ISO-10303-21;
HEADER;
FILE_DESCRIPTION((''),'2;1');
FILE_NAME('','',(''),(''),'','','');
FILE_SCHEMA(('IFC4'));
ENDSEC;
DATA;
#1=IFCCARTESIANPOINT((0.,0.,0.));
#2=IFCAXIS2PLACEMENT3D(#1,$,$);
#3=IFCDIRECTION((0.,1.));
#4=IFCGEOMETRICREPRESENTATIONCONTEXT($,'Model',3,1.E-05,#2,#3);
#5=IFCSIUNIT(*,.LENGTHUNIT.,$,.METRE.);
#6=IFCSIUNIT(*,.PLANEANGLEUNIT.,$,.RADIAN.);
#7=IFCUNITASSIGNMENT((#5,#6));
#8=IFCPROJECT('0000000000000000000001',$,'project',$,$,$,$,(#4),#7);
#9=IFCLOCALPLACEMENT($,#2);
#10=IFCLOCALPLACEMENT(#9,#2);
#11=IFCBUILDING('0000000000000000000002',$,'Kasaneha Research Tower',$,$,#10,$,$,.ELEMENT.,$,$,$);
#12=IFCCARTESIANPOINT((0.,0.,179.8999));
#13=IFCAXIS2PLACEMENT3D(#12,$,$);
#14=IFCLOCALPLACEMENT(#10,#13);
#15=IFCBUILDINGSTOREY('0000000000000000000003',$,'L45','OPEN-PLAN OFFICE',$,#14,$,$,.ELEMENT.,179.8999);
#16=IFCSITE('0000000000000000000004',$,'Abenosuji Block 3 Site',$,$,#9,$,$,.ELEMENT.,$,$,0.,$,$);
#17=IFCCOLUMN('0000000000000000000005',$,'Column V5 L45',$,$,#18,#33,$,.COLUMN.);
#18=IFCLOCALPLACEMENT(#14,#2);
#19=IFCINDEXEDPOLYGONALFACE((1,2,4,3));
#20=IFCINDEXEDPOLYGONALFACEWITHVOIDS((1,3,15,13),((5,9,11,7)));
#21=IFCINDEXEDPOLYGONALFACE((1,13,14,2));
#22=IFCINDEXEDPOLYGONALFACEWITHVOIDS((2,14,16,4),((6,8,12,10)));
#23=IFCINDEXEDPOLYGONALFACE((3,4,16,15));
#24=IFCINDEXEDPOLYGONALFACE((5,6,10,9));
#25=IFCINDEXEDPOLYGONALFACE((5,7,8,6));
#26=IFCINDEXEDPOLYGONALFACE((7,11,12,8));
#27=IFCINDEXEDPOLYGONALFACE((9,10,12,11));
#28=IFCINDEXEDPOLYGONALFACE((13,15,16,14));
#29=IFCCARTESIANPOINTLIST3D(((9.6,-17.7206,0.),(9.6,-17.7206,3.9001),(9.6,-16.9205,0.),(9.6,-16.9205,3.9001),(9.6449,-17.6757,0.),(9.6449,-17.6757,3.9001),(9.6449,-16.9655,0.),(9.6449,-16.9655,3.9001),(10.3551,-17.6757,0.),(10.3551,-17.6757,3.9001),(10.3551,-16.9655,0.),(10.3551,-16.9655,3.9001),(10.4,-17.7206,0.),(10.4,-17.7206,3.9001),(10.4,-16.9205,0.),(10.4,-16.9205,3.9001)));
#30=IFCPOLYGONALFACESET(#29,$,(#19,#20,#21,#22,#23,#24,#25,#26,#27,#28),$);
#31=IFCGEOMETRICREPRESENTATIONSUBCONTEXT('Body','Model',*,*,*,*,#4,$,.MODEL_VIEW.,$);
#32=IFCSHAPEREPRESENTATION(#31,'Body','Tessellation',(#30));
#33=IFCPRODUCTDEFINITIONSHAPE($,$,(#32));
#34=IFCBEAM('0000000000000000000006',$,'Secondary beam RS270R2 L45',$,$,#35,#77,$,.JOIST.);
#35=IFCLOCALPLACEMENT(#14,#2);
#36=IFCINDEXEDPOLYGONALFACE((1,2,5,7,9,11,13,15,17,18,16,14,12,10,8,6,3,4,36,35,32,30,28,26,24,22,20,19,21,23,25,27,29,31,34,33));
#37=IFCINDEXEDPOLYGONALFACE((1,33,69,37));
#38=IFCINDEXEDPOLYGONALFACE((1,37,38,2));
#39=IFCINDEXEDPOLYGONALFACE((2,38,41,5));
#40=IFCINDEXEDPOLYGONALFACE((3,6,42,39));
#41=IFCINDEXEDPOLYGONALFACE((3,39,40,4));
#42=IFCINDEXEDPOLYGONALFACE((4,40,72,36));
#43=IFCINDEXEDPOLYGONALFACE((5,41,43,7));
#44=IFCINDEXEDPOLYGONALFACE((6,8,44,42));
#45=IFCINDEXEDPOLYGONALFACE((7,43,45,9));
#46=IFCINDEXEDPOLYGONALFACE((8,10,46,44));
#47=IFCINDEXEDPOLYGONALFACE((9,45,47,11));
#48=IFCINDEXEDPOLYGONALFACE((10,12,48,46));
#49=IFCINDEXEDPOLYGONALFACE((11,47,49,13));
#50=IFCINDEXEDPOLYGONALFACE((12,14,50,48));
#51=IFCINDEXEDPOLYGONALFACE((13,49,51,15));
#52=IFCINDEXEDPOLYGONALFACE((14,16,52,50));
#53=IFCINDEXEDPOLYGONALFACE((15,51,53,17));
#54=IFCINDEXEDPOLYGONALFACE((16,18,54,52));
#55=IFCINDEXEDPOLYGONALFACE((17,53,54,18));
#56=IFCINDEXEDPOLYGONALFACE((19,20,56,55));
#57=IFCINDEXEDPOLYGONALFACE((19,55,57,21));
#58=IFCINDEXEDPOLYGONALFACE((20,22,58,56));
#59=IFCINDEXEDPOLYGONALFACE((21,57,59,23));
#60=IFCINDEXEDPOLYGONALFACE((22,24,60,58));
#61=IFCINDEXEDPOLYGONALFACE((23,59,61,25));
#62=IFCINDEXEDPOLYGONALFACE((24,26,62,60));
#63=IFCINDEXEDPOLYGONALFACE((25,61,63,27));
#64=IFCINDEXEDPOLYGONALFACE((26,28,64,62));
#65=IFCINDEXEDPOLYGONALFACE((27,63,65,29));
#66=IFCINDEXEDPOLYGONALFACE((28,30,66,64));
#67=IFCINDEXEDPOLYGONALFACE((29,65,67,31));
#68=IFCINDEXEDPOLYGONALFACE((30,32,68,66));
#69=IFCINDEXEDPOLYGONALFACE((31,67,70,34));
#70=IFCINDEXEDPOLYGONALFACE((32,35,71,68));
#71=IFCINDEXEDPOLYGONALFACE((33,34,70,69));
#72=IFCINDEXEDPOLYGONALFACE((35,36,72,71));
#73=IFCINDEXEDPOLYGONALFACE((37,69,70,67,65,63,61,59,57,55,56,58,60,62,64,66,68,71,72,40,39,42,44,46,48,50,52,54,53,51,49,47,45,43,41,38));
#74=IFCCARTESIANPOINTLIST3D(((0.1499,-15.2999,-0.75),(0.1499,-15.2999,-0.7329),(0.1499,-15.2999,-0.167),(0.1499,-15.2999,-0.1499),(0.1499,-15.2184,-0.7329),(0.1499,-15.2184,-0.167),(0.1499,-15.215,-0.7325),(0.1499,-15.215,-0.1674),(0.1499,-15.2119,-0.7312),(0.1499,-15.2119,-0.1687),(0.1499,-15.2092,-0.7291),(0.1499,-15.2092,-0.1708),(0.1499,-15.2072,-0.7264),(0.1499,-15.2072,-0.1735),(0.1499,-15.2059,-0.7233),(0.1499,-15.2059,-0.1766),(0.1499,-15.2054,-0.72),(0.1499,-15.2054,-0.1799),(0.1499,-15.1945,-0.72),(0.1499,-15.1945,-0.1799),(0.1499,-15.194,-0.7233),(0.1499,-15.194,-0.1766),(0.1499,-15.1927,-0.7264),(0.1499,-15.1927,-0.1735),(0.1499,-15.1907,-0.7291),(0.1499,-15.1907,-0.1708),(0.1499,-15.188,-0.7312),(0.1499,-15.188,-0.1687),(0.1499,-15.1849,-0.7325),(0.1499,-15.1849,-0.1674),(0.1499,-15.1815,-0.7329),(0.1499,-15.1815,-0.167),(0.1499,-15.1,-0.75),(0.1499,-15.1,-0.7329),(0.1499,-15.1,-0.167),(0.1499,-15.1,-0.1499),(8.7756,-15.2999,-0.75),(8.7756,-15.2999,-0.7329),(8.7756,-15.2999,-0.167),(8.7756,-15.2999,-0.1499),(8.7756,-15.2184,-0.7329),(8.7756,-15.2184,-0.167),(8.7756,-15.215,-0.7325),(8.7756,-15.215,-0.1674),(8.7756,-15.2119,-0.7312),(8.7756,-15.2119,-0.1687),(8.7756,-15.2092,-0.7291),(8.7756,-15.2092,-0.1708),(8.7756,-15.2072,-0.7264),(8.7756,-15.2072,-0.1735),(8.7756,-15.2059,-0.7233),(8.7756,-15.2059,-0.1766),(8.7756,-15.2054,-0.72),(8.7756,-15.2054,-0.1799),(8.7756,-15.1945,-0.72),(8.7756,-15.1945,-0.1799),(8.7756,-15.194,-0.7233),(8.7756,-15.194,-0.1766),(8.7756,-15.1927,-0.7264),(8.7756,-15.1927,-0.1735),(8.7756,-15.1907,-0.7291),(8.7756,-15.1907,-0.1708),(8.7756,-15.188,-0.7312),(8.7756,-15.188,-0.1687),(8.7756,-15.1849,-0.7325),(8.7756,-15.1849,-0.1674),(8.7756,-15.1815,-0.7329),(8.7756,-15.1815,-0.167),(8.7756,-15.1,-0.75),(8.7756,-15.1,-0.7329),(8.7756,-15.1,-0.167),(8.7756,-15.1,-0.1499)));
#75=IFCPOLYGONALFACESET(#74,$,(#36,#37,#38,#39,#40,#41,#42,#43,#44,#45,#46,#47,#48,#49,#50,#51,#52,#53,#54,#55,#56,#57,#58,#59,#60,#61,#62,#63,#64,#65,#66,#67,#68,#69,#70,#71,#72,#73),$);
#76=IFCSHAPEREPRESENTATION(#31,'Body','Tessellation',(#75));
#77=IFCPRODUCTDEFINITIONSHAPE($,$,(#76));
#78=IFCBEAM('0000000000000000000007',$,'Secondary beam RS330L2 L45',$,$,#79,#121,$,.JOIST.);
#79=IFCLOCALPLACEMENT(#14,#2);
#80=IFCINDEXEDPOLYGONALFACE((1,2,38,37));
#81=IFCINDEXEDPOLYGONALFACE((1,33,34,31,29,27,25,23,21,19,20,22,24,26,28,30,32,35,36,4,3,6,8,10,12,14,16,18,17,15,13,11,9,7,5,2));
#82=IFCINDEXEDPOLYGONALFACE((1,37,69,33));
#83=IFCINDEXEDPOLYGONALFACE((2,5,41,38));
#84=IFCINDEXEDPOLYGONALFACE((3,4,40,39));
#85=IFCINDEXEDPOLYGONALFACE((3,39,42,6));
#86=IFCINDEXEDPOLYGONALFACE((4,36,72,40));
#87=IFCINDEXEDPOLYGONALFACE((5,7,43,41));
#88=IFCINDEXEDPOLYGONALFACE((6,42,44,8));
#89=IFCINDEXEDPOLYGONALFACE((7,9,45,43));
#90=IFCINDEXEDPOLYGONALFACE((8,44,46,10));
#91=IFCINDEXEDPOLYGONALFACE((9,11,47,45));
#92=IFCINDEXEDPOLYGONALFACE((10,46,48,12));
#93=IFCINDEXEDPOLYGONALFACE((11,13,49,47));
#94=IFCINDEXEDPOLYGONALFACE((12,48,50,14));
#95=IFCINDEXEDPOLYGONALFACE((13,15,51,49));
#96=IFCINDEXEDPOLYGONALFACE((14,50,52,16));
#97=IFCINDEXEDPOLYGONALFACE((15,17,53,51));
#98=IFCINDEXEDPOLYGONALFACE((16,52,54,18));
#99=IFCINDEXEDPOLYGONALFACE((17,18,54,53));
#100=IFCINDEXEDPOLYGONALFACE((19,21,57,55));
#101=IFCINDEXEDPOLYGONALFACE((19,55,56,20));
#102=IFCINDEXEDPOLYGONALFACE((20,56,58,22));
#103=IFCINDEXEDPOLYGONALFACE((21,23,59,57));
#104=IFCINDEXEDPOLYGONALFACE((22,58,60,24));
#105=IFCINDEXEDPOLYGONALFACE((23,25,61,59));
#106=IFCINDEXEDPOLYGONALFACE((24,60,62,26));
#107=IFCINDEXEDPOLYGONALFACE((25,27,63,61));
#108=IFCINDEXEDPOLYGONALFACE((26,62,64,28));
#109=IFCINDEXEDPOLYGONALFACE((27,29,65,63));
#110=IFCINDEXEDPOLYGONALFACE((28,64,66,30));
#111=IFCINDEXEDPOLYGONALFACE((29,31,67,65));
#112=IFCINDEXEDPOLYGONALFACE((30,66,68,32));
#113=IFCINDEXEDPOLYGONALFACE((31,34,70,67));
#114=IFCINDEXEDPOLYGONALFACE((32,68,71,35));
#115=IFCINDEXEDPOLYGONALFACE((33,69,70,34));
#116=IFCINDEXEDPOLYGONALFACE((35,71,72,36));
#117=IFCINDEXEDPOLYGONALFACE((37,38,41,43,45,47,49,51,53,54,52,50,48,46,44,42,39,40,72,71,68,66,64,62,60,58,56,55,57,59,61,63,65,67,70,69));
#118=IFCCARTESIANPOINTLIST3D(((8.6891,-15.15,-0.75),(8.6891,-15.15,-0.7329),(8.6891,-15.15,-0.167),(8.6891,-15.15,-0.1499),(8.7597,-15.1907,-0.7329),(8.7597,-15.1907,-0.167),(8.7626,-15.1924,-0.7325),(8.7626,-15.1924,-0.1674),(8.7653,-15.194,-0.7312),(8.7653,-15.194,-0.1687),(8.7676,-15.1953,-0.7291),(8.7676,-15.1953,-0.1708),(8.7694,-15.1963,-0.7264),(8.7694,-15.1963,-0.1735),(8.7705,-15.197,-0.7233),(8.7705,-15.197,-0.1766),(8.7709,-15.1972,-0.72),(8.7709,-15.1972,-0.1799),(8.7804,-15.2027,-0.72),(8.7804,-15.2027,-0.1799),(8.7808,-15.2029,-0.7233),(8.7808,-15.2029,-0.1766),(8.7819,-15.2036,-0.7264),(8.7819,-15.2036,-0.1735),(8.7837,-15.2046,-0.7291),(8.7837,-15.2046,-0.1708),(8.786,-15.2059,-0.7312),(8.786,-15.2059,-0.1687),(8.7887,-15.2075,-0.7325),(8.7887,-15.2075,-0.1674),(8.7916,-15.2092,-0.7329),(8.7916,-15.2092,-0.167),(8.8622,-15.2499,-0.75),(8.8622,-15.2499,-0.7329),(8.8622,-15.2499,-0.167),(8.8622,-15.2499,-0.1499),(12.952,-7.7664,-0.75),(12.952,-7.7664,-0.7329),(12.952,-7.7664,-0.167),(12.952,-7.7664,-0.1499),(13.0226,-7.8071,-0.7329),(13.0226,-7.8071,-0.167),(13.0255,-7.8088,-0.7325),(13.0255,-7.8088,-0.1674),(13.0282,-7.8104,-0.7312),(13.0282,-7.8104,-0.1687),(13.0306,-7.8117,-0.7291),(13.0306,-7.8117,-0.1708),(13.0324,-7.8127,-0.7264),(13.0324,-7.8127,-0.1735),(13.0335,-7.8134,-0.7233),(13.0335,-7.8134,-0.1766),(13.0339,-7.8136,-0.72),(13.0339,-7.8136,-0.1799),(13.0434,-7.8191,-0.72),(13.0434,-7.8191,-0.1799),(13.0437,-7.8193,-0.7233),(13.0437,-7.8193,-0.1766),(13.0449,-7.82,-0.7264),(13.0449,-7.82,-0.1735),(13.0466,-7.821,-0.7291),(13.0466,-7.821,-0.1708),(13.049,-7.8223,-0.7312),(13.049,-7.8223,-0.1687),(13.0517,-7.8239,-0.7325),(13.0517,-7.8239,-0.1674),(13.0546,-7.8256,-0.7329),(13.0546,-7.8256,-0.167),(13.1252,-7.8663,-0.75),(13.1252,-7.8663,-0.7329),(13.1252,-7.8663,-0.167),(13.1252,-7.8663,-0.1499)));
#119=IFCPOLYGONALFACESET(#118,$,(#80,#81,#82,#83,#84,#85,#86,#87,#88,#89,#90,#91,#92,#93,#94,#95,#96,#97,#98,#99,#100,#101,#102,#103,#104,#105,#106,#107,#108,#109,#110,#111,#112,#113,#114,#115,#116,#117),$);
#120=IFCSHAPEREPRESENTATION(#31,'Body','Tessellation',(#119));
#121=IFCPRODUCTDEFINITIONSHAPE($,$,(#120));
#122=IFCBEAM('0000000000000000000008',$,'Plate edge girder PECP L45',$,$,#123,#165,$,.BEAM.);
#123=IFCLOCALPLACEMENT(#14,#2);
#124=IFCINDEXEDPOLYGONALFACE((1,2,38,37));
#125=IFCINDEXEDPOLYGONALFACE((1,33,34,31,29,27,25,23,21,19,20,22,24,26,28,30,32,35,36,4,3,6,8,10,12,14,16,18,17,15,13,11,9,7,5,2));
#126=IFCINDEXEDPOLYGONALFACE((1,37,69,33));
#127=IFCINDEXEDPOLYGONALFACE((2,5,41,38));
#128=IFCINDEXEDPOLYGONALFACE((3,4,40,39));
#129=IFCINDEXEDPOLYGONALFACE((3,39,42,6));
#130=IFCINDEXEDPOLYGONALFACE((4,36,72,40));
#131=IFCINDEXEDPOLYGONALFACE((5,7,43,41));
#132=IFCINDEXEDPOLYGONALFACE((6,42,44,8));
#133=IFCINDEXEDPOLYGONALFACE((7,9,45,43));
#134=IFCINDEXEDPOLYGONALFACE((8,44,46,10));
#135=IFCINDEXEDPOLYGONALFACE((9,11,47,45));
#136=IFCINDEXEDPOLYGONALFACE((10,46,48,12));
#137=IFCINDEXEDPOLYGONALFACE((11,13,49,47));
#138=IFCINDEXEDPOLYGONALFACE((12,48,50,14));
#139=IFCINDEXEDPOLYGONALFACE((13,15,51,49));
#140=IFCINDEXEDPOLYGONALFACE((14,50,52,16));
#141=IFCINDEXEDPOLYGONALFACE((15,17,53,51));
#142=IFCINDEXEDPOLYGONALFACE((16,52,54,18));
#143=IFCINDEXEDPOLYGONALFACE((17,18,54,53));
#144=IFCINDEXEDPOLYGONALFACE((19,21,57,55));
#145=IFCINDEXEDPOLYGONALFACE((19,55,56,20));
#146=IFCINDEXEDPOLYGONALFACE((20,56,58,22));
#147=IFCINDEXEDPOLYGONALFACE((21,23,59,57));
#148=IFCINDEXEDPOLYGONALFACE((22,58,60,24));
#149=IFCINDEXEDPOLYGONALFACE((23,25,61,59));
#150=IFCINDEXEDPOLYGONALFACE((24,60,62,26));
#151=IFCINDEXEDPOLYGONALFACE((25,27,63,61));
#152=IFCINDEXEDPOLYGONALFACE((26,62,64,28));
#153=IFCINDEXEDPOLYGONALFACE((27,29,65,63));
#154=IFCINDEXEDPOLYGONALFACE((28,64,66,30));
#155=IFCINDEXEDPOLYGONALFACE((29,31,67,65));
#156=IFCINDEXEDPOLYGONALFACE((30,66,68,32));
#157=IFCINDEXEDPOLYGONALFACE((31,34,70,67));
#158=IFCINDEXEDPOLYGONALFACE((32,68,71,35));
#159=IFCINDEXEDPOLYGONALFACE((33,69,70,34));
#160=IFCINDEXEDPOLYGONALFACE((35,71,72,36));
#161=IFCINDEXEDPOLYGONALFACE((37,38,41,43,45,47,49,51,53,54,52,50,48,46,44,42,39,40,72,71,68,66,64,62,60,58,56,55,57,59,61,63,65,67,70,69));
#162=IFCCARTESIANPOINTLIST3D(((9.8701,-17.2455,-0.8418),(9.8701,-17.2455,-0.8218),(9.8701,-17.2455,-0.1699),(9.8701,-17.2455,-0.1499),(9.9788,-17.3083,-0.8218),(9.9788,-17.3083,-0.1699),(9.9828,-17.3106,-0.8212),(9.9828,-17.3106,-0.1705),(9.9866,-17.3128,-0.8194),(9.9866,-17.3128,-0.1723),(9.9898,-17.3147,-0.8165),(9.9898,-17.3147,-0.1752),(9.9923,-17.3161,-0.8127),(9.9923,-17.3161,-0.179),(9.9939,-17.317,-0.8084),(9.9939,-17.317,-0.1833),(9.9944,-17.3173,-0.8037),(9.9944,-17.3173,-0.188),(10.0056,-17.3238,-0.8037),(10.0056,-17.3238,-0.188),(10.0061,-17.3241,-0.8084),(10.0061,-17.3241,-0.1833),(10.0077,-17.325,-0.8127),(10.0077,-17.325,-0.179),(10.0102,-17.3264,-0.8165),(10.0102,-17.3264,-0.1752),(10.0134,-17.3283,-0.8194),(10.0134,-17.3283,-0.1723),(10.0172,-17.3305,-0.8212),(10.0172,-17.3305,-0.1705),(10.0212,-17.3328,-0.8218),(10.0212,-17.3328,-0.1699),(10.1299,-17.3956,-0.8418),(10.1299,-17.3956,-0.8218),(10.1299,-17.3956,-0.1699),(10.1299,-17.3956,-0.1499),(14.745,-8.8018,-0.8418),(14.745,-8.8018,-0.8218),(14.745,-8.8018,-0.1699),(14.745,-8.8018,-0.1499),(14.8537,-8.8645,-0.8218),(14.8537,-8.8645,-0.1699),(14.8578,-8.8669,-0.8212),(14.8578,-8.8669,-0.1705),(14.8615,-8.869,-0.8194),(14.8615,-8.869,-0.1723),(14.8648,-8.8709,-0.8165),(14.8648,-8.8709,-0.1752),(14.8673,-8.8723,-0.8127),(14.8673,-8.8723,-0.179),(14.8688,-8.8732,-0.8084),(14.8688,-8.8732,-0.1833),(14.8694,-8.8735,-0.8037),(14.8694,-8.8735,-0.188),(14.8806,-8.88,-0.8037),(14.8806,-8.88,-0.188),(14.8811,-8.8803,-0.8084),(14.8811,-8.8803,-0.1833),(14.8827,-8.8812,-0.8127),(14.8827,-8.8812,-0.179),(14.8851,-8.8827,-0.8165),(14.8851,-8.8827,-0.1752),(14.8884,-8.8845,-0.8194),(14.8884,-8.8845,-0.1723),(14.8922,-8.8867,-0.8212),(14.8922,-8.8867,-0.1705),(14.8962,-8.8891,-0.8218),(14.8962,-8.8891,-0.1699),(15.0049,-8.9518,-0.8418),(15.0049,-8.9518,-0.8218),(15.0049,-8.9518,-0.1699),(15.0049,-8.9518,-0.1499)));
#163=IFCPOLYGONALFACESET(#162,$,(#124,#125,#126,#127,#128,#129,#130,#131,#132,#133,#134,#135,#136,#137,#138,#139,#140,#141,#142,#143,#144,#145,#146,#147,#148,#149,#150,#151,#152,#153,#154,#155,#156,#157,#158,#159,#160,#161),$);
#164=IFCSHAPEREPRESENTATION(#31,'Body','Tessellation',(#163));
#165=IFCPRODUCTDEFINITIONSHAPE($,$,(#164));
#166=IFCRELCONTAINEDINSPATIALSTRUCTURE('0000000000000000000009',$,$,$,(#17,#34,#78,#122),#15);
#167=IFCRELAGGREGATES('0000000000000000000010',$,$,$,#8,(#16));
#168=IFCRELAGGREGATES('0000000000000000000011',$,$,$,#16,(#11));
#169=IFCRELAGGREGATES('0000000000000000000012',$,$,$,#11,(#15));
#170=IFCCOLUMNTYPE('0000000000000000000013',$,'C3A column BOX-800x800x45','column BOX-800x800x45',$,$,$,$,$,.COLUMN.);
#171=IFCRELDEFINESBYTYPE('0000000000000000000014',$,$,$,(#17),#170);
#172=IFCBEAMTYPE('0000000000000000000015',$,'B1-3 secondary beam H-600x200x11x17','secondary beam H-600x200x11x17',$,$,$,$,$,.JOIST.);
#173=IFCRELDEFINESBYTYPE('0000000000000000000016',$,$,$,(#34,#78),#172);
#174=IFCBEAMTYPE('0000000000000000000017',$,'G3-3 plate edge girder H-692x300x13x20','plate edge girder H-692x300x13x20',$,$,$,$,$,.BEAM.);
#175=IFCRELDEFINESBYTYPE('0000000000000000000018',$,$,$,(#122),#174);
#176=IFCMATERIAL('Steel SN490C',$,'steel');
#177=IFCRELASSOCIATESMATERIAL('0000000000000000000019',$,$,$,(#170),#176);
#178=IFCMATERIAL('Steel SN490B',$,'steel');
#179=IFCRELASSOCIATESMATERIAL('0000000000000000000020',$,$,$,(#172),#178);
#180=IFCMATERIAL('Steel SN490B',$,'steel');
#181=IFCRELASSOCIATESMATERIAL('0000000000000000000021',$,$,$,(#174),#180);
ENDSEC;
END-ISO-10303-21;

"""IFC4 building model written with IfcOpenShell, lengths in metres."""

from ifc_helpers import new_model, si_unit, direction, frame, origin, origin_2d, place, context, subcontext, project, spatial, hollow_rectangle, i_section, extrude, material, material_profile, profile_set, type_object, element, save


model = new_model("IFC4")

# Units and contexts
model_context = context("Model", 3, precision=1e-05, world=origin(), true_north=direction((0.0, 1.0)))
body_context = subcontext(model_context, "Body", "Model", "MODEL_VIEW")
ifc_project = project(units=[si_unit("LENGTHUNIT", "METRE"), si_unit("PLANEANGLEUNIT", "RADIAN")], contexts=[model_context])

# Site, building, storey
site_placement = place(None, origin())
site = spatial("IfcSite", under=ifc_project, at=site_placement, Name="Abenosuji Block 3 Site", CompositionType="ELEMENT", RefElevation=0.0)
building_placement = place(site_placement, origin())
building = spatial("IfcBuilding", under=site, at=building_placement, Name="Kasaneha Research Tower", CompositionType="ELEMENT")
storey_placement = place(building_placement, frame((0.0, 0.0, 179.8999)))
storey = spatial("IfcBuildingStorey", under=building, at=storey_placement, Name="L45", Description="OPEN-PLAN OFFICE", CompositionType="ELEMENT", Elevation=179.8999)

# Column
ifc_material_1 = material(Name="Steel SN490C", Category="steel")
ifc_material_profile_1 = material_profile(ifc_material_1, hollow_rectangle(XDim=0.8, YDim=0.8, WallThickness=0.0449, at=origin_2d()), Name="BOX-800x800x45")
ifc_profile_set_1 = profile_set([ifc_material_profile_1], Name="Steel SN490C")
column_type = type_object("IfcColumnType", Name="C3A column BOX-800x800x45", Description="column BOX-800x800x45", PredefinedType="COLUMN", material=ifc_profile_set_1)
column_placement = place(storey_placement, frame((10.0, -17.3206, 0.0), z_axis=(0.0, 0.0, 1.0), x_axis=(1.0, 0.0, 0.0)))
element("IfcColumn", 1, at=column_placement, inside=storey, type_object=column_type, Name="Column V5 L45", PredefinedType="COLUMN", context=body_context, shape_type="SweptSolid", body=[
    extrude(hollow_rectangle(XDim=0.8, YDim=0.8, WallThickness=0.0449, at=origin_2d()), origin(), (0.0, 0.0, 1.0), 3.9001),
])

# Beams
ifc_material_2 = material(Name="Steel SN490B", Category="steel")
ifc_material_profile_2 = material_profile(ifc_material_2, i_section(OverallWidth=0.2, OverallDepth=0.6001, WebThickness=0.011, FlangeThickness=0.0171, FilletRadius=0.0129, at=origin_2d()), Name="H-600x200x11x17")
ifc_profile_set_2 = profile_set([ifc_material_profile_2], Name="Steel SN490B")
beam_type_1 = type_object("IfcBeamType", Name="B1-3 secondary beam H-600x200x11x17", Description="secondary beam H-600x200x11x17", PredefinedType="JOIST", material=ifc_profile_set_2)
beam_1_placement = place(storey_placement, frame((8.7756, -15.2, -0.45), z_axis=(-1.0, 0.0, 0.0), x_axis=(0.0, -1.0, 0.0)))
element("IfcBeam", 2, at=beam_1_placement, inside=storey, type_object=beam_type_1, Name="Secondary beam RS270R2 L45", PredefinedType="JOIST", context=body_context, shape_type="SweptSolid", body=[
    extrude(i_section(OverallWidth=0.2, OverallDepth=0.6001, WebThickness=0.011, FlangeThickness=0.0171, FilletRadius=0.0129, at=origin_2d()), origin(), (0.0, 0.0, 1.0), 8.6257),
])
beam_2_placement = place(storey_placement, frame((8.7756, -15.2, -0.45), z_axis=(0.500004, 0.866023, 0.0), x_axis=(-0.866023, 0.500004, 0.0)))
element("IfcBeam", 3, at=beam_2_placement, inside=storey, type_object=beam_type_1, Name="Secondary beam RS330L2 L45", PredefinedType="JOIST", context=body_context, shape_type="SweptSolid", body=[
    extrude(i_section(OverallWidth=0.2, OverallDepth=0.6001, WebThickness=0.011, FlangeThickness=0.0171, FilletRadius=0.0129, at=origin_2d()), origin(), (0.0, 0.0, 1.0), 8.5259),
])
ifc_material_3 = material(Name="Steel SN490B", Category="steel")
ifc_material_profile_3 = material_profile(ifc_material_3, i_section(OverallWidth=0.3, OverallDepth=0.6919, WebThickness=0.0129, FlangeThickness=0.02, FilletRadius=0.0181, at=origin_2d()), Name="H-692x300x13x20")
ifc_profile_set_3 = profile_set([ifc_material_profile_3], Name="Steel SN490B")
beam_type_2 = type_object("IfcBeamType", Name="G3-3 plate edge girder H-692x300x13x20", Description="plate edge girder H-692x300x13x20", PredefinedType="BEAM", material=ifc_profile_set_3)
beam_3_placement = place(storey_placement, frame((10.0, -17.3206, -0.4958), z_axis=(0.499996, 0.866028, 0.0), x_axis=(-0.866028, 0.499996, 0.0)))
element("IfcBeam", 4, at=beam_3_placement, inside=storey, type_object=beam_type_2, Name="Plate edge girder PECP L45", PredefinedType="BEAM", context=body_context, shape_type="SweptSolid", body=[
    extrude(i_section(OverallWidth=0.3, OverallDepth=0.6919, WebThickness=0.0129, FlangeThickness=0.02, FilletRadius=0.0181, at=origin_2d()), origin(), (0.0, 0.0, 1.0), 9.75),
])

save(model, "model.ifc")
